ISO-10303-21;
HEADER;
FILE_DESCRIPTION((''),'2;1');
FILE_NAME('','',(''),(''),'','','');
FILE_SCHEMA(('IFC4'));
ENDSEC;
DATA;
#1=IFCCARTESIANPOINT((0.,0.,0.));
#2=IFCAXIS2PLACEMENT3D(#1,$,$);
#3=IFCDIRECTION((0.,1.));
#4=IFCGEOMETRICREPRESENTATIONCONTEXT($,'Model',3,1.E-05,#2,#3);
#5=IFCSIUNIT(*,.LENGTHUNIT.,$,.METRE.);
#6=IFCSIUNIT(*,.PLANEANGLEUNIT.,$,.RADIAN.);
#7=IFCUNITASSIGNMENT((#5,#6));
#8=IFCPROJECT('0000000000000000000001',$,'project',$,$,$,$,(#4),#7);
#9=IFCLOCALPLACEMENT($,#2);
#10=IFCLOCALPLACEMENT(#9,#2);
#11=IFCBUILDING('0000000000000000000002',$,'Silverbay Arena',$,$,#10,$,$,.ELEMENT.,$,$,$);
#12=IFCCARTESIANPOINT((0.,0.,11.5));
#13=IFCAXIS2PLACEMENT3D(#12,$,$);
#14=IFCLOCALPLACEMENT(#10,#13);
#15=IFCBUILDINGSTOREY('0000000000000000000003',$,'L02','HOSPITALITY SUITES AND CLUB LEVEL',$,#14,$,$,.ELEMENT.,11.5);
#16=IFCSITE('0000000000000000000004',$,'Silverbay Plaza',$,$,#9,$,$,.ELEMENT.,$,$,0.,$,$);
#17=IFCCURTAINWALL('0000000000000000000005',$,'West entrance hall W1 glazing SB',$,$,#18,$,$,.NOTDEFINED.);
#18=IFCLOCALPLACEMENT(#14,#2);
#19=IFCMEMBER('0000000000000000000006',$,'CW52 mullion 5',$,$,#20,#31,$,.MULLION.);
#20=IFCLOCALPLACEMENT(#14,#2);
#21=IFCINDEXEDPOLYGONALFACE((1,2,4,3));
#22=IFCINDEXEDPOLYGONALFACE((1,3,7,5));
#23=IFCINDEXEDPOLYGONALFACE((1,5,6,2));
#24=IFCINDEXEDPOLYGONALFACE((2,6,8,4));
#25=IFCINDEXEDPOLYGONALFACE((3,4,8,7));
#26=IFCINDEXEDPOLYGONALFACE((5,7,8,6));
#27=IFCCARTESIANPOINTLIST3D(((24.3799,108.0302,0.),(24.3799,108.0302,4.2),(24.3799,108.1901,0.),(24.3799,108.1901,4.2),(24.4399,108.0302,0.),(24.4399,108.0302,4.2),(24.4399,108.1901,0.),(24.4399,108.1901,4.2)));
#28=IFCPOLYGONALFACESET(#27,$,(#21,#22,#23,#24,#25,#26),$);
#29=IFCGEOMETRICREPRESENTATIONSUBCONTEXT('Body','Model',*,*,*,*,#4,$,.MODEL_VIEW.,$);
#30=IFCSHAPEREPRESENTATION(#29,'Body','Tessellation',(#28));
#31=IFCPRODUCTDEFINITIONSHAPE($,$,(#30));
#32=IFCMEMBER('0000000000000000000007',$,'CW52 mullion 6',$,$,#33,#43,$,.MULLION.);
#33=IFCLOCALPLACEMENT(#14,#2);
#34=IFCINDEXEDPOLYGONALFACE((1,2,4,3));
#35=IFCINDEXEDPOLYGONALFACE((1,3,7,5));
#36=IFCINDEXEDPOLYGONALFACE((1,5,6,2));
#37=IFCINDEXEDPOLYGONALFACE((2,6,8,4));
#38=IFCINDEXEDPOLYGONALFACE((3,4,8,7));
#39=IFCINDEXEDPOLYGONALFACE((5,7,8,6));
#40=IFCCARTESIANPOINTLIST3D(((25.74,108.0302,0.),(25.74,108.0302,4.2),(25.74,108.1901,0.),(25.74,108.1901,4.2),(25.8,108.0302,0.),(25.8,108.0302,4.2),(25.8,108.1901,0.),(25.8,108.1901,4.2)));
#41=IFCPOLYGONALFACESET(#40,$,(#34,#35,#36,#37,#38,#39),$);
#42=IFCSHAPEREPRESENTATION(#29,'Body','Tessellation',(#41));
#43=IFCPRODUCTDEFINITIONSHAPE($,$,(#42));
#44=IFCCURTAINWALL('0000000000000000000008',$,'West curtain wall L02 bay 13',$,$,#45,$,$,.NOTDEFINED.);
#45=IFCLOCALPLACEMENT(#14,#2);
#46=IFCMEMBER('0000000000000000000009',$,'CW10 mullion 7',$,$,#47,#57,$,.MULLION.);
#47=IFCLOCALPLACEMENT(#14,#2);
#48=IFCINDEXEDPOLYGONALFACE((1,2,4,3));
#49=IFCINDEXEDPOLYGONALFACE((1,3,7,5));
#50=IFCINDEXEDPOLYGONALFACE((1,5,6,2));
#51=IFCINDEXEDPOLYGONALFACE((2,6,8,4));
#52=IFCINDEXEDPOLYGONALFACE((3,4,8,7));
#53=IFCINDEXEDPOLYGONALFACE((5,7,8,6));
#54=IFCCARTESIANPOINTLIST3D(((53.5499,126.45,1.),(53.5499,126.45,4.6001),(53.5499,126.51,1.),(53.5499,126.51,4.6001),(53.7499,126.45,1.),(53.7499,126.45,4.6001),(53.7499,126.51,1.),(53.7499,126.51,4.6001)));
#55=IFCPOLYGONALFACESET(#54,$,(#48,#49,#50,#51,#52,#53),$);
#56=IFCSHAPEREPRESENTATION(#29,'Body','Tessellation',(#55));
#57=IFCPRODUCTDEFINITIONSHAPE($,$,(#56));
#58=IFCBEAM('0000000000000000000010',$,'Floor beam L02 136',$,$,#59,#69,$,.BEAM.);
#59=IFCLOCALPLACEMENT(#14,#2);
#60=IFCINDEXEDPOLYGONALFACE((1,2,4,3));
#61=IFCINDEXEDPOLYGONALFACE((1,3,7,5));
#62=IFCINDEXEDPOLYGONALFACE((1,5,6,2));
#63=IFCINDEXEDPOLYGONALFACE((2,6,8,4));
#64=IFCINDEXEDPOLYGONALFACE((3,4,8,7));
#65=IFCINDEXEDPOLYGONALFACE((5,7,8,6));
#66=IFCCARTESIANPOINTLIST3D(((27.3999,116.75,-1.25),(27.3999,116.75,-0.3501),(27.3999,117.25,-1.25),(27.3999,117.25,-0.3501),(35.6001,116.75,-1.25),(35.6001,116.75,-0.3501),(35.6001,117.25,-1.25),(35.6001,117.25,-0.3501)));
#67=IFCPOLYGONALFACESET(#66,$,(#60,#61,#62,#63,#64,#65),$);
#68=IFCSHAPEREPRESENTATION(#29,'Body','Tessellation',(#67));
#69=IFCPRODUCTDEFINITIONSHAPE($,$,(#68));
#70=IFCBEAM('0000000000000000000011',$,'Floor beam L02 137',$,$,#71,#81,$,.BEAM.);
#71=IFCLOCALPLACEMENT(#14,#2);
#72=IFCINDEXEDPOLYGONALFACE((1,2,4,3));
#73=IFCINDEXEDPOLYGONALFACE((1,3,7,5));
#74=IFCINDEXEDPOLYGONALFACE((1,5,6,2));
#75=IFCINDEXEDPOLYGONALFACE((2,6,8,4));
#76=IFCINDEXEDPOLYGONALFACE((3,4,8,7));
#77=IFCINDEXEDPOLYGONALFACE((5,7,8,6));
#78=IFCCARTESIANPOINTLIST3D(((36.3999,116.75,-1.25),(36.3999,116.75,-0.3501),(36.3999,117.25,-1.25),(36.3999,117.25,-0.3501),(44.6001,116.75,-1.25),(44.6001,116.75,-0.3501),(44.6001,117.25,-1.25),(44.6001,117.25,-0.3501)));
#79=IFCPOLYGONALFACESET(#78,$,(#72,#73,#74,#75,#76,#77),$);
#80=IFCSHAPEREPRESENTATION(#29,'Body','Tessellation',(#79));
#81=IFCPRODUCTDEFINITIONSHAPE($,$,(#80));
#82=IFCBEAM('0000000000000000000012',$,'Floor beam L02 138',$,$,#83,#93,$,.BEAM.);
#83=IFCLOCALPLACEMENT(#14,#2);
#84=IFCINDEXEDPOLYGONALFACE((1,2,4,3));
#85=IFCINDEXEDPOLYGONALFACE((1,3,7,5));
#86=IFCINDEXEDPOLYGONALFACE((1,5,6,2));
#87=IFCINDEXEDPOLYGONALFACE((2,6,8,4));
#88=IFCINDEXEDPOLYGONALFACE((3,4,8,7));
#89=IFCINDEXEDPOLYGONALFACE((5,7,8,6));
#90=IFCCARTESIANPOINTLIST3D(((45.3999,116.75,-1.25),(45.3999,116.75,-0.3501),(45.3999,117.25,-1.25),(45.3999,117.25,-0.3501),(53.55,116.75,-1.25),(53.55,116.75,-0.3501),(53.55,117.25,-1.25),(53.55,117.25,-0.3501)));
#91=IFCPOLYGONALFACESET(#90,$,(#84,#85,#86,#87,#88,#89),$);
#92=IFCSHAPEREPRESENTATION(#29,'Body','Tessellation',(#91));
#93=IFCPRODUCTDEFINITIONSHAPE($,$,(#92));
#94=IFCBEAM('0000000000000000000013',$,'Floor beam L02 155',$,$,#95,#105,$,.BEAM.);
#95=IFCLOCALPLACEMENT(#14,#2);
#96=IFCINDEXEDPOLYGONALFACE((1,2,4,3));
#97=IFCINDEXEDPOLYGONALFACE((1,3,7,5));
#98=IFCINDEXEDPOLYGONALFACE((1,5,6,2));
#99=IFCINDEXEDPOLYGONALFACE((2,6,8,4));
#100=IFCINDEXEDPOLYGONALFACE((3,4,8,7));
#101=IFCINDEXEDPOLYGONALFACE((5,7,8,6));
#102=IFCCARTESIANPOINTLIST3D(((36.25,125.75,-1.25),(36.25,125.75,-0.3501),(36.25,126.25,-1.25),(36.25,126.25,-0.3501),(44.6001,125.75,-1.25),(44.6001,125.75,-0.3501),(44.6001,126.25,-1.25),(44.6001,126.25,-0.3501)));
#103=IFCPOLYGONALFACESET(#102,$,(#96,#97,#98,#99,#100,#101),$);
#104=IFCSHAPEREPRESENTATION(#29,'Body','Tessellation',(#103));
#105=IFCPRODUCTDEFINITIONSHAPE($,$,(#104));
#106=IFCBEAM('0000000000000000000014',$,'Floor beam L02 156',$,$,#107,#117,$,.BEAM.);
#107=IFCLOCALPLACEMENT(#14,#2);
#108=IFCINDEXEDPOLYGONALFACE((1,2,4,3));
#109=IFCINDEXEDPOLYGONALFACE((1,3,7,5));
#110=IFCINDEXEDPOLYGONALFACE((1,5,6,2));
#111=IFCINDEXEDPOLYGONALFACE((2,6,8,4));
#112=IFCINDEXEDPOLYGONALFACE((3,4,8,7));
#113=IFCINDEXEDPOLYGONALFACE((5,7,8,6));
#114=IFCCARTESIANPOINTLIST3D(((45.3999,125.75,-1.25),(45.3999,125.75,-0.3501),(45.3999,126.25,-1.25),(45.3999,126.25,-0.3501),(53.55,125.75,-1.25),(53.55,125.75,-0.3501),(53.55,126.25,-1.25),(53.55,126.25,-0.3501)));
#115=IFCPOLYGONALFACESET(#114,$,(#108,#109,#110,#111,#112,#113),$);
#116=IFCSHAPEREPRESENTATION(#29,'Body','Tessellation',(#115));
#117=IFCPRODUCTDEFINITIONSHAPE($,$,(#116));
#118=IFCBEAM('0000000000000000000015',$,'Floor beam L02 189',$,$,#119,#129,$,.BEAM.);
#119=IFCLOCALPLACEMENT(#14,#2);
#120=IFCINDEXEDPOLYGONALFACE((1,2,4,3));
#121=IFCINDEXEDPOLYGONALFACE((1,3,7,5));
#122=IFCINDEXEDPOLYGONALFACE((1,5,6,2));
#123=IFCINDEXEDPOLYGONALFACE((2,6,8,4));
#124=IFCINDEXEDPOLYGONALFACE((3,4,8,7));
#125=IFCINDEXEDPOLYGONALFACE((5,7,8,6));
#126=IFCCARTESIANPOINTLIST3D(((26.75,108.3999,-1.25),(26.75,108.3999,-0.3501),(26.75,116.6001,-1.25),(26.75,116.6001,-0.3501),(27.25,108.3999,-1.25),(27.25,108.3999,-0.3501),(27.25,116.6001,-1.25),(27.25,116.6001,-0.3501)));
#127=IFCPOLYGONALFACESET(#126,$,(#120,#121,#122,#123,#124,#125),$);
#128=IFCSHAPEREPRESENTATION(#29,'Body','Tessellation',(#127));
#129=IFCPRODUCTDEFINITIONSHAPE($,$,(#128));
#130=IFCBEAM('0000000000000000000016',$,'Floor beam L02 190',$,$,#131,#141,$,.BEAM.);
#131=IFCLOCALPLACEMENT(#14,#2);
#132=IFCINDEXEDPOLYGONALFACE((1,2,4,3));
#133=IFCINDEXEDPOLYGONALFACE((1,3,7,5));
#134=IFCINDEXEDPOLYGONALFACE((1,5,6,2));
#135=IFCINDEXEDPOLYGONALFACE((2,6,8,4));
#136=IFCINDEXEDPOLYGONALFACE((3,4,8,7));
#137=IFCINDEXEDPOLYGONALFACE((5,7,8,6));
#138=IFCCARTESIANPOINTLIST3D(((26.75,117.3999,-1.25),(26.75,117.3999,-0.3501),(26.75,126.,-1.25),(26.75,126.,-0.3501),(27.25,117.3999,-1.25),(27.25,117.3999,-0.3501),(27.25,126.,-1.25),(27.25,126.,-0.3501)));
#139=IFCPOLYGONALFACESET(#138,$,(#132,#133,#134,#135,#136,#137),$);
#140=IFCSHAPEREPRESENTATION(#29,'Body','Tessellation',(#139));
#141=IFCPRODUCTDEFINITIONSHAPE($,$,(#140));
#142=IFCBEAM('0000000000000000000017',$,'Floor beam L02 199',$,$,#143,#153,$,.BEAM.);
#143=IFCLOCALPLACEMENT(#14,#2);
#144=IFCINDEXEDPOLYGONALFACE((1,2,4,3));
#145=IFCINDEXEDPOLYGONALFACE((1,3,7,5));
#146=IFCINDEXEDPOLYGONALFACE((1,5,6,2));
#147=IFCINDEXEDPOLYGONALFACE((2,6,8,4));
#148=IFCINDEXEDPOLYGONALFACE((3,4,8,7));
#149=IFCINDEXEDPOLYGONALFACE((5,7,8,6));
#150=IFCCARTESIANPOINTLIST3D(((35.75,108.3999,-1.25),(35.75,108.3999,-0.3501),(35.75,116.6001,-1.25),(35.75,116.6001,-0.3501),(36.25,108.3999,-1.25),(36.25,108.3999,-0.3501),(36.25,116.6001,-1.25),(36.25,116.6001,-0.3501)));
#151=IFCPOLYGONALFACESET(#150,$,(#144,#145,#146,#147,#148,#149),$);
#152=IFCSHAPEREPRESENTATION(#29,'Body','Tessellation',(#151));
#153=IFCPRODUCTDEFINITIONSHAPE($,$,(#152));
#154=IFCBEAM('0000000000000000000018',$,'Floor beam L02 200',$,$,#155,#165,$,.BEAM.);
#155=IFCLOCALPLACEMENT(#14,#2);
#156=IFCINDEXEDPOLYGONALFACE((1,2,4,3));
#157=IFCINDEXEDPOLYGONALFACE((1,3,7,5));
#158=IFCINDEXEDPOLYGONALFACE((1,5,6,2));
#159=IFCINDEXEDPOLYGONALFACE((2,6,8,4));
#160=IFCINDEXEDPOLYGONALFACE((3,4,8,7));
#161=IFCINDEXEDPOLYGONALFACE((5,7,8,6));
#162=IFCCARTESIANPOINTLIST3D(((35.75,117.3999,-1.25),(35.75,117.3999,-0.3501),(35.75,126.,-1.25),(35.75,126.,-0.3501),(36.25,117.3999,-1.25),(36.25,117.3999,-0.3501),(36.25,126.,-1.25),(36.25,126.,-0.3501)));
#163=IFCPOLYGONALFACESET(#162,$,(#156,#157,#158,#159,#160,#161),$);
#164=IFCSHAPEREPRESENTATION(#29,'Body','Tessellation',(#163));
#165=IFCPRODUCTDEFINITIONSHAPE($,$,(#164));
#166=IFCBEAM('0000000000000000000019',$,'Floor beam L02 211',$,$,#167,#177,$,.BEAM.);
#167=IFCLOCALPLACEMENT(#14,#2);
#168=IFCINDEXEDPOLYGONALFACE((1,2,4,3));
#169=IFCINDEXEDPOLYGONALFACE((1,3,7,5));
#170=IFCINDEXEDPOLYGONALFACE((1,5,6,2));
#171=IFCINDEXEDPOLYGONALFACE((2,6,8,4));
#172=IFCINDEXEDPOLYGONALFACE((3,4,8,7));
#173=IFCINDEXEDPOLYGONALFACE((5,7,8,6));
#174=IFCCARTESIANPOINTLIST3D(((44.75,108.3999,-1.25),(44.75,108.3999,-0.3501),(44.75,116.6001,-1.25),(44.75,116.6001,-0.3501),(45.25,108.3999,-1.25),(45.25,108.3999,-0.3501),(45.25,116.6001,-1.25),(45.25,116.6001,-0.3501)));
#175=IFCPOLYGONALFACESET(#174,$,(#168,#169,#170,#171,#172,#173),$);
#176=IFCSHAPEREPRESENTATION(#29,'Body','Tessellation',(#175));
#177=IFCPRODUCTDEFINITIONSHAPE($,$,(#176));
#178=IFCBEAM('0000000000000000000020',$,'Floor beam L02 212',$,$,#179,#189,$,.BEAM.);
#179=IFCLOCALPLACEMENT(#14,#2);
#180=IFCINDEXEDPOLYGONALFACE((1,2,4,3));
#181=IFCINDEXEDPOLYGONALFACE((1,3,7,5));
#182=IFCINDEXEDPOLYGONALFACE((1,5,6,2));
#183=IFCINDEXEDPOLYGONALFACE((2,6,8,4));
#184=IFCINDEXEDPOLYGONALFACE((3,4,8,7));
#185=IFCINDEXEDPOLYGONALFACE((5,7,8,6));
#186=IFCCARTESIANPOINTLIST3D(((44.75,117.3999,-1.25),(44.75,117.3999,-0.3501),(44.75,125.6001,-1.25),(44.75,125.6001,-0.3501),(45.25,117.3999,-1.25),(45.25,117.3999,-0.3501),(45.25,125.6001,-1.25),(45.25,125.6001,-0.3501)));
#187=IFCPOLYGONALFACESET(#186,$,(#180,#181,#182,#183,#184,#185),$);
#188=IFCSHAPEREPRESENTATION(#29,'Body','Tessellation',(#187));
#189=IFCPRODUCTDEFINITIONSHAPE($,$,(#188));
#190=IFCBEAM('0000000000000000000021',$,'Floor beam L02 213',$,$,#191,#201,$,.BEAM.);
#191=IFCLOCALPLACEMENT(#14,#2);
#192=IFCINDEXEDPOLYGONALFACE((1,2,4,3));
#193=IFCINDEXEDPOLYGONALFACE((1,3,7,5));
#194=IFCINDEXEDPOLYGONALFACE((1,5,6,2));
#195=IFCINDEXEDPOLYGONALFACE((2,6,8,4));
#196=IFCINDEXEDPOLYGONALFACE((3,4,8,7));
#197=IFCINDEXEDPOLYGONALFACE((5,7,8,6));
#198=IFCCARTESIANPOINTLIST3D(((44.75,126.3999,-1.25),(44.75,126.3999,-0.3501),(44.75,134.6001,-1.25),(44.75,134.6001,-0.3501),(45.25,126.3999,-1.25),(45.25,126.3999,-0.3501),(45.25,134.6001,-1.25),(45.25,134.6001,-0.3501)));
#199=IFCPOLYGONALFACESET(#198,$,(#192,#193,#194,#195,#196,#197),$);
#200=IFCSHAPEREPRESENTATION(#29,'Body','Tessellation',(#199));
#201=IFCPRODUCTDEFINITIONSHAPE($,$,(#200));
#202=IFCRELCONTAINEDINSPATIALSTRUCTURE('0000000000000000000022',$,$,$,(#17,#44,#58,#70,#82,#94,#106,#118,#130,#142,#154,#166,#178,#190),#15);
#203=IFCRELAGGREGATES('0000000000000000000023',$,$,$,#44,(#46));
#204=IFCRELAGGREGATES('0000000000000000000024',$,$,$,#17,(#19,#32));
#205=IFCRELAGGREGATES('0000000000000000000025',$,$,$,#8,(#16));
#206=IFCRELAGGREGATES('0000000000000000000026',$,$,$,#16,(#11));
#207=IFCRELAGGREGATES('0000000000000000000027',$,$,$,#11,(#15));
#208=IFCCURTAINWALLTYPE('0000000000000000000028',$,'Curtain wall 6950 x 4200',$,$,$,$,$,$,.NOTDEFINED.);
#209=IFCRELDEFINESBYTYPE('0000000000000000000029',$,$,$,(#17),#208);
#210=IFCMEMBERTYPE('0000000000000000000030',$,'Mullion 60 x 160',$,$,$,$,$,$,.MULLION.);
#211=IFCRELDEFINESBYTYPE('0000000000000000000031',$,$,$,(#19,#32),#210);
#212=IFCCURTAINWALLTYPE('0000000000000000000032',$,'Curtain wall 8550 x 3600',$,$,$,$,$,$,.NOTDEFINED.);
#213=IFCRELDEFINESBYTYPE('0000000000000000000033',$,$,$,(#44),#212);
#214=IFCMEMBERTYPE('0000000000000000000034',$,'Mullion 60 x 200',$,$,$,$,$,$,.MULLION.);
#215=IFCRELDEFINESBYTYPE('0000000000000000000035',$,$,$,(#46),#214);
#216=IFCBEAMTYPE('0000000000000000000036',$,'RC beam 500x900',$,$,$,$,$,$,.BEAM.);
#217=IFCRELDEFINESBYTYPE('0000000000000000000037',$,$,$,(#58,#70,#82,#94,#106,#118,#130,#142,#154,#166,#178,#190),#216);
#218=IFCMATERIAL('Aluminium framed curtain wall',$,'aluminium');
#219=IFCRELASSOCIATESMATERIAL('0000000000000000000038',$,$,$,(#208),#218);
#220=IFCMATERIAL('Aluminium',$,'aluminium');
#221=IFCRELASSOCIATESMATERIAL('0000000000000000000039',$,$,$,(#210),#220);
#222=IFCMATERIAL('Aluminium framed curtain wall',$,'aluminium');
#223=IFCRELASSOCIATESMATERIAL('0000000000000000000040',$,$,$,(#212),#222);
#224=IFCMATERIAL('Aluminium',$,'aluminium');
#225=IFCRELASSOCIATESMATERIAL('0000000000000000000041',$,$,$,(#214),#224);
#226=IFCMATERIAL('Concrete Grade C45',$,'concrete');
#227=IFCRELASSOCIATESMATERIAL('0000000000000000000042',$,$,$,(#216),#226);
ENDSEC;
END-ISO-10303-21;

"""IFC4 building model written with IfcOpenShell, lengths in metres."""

from ifc_helpers import new_model, si_unit, direction, frame, origin, origin_2d, place, context, subcontext, project, spatial, rectangle, extrude, material, material_profile, profile_set, type_object, element, aggregate, save


model = new_model("IFC4")

# Units and contexts
model_context = context("Model", 3, precision=1e-05, world=origin(), true_north=direction((0.0, 1.0)))
body_context = subcontext(model_context, "Body", "Model", "MODEL_VIEW")
ifc_project = project(units=[si_unit("LENGTHUNIT", "METRE"), si_unit("PLANEANGLEUNIT", "RADIAN")], contexts=[model_context])

# Site, building, storey
site_placement = place(None, origin())
site = spatial("IfcSite", under=ifc_project, at=site_placement, Name="Silverbay Plaza", CompositionType="ELEMENT", RefElevation=0.0)
building_placement = place(site_placement, origin())
building = spatial("IfcBuilding", under=site, at=building_placement, Name="Silverbay Arena", CompositionType="ELEMENT")
storey_placement = place(building_placement, frame((0.0, 0.0, 11.5)))
storey = spatial("IfcBuildingStorey", under=building, at=storey_placement, Name="L02", Description="HOSPITALITY SUITES AND CLUB LEVEL", CompositionType="ELEMENT", Elevation=11.5)

# Curtain wall, members
ifc_material_1 = material(Name="Aluminium framed curtain wall", Category="aluminium")
curtain_wall_type_1 = type_object("IfcCurtainWallType", Name="Curtain wall 6950 x 4200", PredefinedType="NOTDEFINED", material=ifc_material_1)
curtain_wall_1_placement = place(storey_placement, origin())
curtain_wall_1 = element("IfcCurtainWall", 1, at=curtain_wall_1_placement, inside=storey, type_object=curtain_wall_type_1, Name="West entrance hall W1 glazing SB", PredefinedType="NOTDEFINED")
ifc_material_2 = material(Name="Aluminium", Category="aluminium")
ifc_material_profile_1 = material_profile(ifc_material_2, rectangle(XDim=0.1599, YDim=0.0601, at=origin_2d()), Name="Mullion 60 x 160")
ifc_profile_set_1 = profile_set([ifc_material_profile_1], Name="Aluminium")
member_type_1 = type_object("IfcMemberType", Name="Mullion 60 x 160", PredefinedType="MULLION", material=ifc_profile_set_1)
member_1_placement = place(storey_placement, frame((24.4099, 108.1101, 0.0), z_axis=(0.0, 0.0, 1.0), x_axis=(0.0, 1.0, 0.0)))
member_1 = element("IfcMember", 2, at=member_1_placement, type_object=member_type_1, Name="CW52 mullion 5", PredefinedType="MULLION", context=body_context, shape_type="SweptSolid", body=[
    extrude(rectangle(XDim=0.1599, YDim=0.0601, at=origin_2d()), origin(), (0.0, 0.0, 1.0), 4.2),
])
member_2_placement = place(storey_placement, frame((25.77, 108.1101, 0.0), z_axis=(0.0, 0.0, 1.0), x_axis=(0.0, 1.0, 0.0)))
member_2 = element("IfcMember", 3, at=member_2_placement, type_object=member_type_1, Name="CW52 mullion 6", PredefinedType="MULLION", context=body_context, shape_type="SweptSolid", body=[
    extrude(rectangle(XDim=0.1599, YDim=0.0601, at=origin_2d()), origin(), (0.0, 0.0, 1.0), 4.2),
])

# Curtain wall, member
ifc_material_3 = material(Name="Aluminium framed curtain wall", Category="aluminium")
curtain_wall_type_2 = type_object("IfcCurtainWallType", Name="Curtain wall 8550 x 3600", PredefinedType="NOTDEFINED", material=ifc_material_3)
curtain_wall_2_placement = place(storey_placement, origin())
curtain_wall_2 = element("IfcCurtainWall", 4, at=curtain_wall_2_placement, inside=storey, type_object=curtain_wall_type_2, Name="West curtain wall L02 bay 13", PredefinedType="NOTDEFINED")
ifc_material_4 = material(Name="Aluminium", Category="aluminium")
ifc_material_profile_2 = material_profile(ifc_material_4, rectangle(XDim=0.2, YDim=0.0601, at=origin_2d()), Name="Mullion 60 x 200")
ifc_profile_set_2 = profile_set([ifc_material_profile_2], Name="Aluminium")
member_type_2 = type_object("IfcMemberType", Name="Mullion 60 x 200", PredefinedType="MULLION", material=ifc_profile_set_2)
member_3_placement = place(storey_placement, frame((53.6499, 126.48, 1.0), z_axis=(0.0, 0.0, 1.0), x_axis=(1.0, 0.0, 0.0)))
member_3 = element("IfcMember", 5, at=member_3_placement, type_object=member_type_2, Name="CW10 mullion 7", PredefinedType="MULLION", context=body_context, shape_type="SweptSolid", body=[
    extrude(rectangle(XDim=0.2, YDim=0.0601, at=origin_2d()), origin(), (0.0, 0.0, 1.0), 3.6001),
])
aggregate(curtain_wall_2, [member_3])

# Beams
ifc_material_5 = material(Name="Concrete Grade C45", Category="concrete")
ifc_material_profile_3 = material_profile(ifc_material_5, rectangle(XDim=0.5, YDim=0.8999, at=origin_2d()), Name="RC 500x900")
ifc_profile_set_3 = profile_set([ifc_material_profile_3], Name="Concrete Grade C45")
beam_type_1 = type_object("IfcBeamType", Name="RC beam 500x900", PredefinedType="BEAM", material=ifc_profile_set_3)
for number, where, z_axis, x_axis, name in (
    (6, (27.3999, 117.0, -0.8), (1.0, 0.0, 0.0), (0.0, 1.0, 0.0), "Floor beam L02 136"),
    (7, (36.3999, 117.0, -0.8), (1.0, 0.0, 0.0), (0.0, 1.0, 0.0), "Floor beam L02 137"),
):
    element("IfcBeam", number, at=place(storey_placement, frame(where, z_axis=z_axis, x_axis=x_axis)), inside=storey, type_object=beam_type_1, Name=name, PredefinedType="BEAM", context=body_context, shape_type="SweptSolid", body=[
        extrude(rectangle(XDim=0.5, YDim=0.8999, at=origin_2d()), origin(), (0.0, 0.0, 1.0), 8.2002),
    ])
beam_1_placement = place(storey_placement, frame((45.3999, 117.0, -0.8), z_axis=(1.0, 0.0, 0.0), x_axis=(0.0, 1.0, 0.0)))
element("IfcBeam", 8, at=beam_1_placement, inside=storey, type_object=beam_type_1, Name="Floor beam L02 138", PredefinedType="BEAM", context=body_context, shape_type="SweptSolid", body=[
    extrude(rectangle(XDim=0.5, YDim=0.8999, at=origin_2d()), origin(), (0.0, 0.0, 1.0), 8.1501),
])
beam_2_placement = place(storey_placement, frame((36.25, 126.0, -0.8), z_axis=(1.0, 0.0, 0.0), x_axis=(0.0, 1.0, 0.0)))
element("IfcBeam", 9, at=beam_2_placement, inside=storey, type_object=beam_type_1, Name="Floor beam L02 155", PredefinedType="BEAM", context=body_context, shape_type="SweptSolid", body=[
    extrude(rectangle(XDim=0.5, YDim=0.8999, at=origin_2d()), origin(), (0.0, 0.0, 1.0), 8.3501),
])
beam_3_placement = place(storey_placement, frame((45.3999, 126.0, -0.8), z_axis=(1.0, 0.0, 0.0), x_axis=(0.0, 1.0, 0.0)))
element("IfcBeam", 10, at=beam_3_placement, inside=storey, type_object=beam_type_1, Name="Floor beam L02 156", PredefinedType="BEAM", context=body_context, shape_type="SweptSolid", body=[
    extrude(rectangle(XDim=0.5, YDim=0.8999, at=origin_2d()), origin(), (0.0, 0.0, 1.0), 8.1501),
])
beam_4_placement = place(storey_placement, frame((27.0, 108.3999, -0.8), z_axis=(0.0, 1.0, 0.0), x_axis=(-1.0, 0.0, 0.0)))
element("IfcBeam", 11, at=beam_4_placement, inside=storey, type_object=beam_type_1, Name="Floor beam L02 189", PredefinedType="BEAM", context=body_context, shape_type="SweptSolid", body=[
    extrude(rectangle(XDim=0.5, YDim=0.8999, at=origin_2d()), origin(), (0.0, 0.0, 1.0), 8.2002),
])
beam_5_placement = place(storey_placement, frame((27.0, 117.3999, -0.8), z_axis=(0.0, 1.0, 0.0), x_axis=(-1.0, 0.0, 0.0)))
element("IfcBeam", 12, at=beam_5_placement, inside=storey, type_object=beam_type_1, Name="Floor beam L02 190", PredefinedType="BEAM", context=body_context, shape_type="SweptSolid", body=[
    extrude(rectangle(XDim=0.5, YDim=0.8999, at=origin_2d()), origin(), (0.0, 0.0, 1.0), 8.6001),
])
beam_6_placement = place(storey_placement, frame((36.0, 108.3999, -0.8), z_axis=(0.0, 1.0, 0.0), x_axis=(-1.0, 0.0, 0.0)))
element("IfcBeam", 13, at=beam_6_placement, inside=storey, type_object=beam_type_1, Name="Floor beam L02 199", PredefinedType="BEAM", context=body_context, shape_type="SweptSolid", body=[
    extrude(rectangle(XDim=0.5, YDim=0.8999, at=origin_2d()), origin(), (0.0, 0.0, 1.0), 8.2002),
])
beam_7_placement = place(storey_placement, frame((36.0, 117.3999, -0.8), z_axis=(0.0, 1.0, 0.0), x_axis=(-1.0, 0.0, 0.0)))
element("IfcBeam", 14, at=beam_7_placement, inside=storey, type_object=beam_type_1, Name="Floor beam L02 200", PredefinedType="BEAM", context=body_context, shape_type="SweptSolid", body=[
    extrude(rectangle(XDim=0.5, YDim=0.8999, at=origin_2d()), origin(), (0.0, 0.0, 1.0), 8.6001),
])
for number, where, z_axis, x_axis, name in (
    (15, (45.0, 108.3999, -0.8), (0.0, 1.0, 0.0), (-1.0, 0.0, 0.0), "Floor beam L02 211"),
    (16, (45.0, 117.3999, -0.8), (0.0, 1.0, 0.0), (-1.0, 0.0, 0.0), "Floor beam L02 212"),
    (17, (45.0, 126.3999, -0.8), (0.0, 1.0, 0.0), (-1.0, 0.0, 0.0), "Floor beam L02 213"),
):
    element("IfcBeam", number, at=place(storey_placement, frame(where, z_axis=z_axis, x_axis=x_axis)), inside=storey, type_object=beam_type_1, Name=name, PredefinedType="BEAM", context=body_context, shape_type="SweptSolid", body=[
        extrude(rectangle(XDim=0.5, YDim=0.8999, at=origin_2d()), origin(), (0.0, 0.0, 1.0), 8.2002),
    ])

aggregate(curtain_wall_1, [member_1, member_2])

save(model, "model.ifc")
